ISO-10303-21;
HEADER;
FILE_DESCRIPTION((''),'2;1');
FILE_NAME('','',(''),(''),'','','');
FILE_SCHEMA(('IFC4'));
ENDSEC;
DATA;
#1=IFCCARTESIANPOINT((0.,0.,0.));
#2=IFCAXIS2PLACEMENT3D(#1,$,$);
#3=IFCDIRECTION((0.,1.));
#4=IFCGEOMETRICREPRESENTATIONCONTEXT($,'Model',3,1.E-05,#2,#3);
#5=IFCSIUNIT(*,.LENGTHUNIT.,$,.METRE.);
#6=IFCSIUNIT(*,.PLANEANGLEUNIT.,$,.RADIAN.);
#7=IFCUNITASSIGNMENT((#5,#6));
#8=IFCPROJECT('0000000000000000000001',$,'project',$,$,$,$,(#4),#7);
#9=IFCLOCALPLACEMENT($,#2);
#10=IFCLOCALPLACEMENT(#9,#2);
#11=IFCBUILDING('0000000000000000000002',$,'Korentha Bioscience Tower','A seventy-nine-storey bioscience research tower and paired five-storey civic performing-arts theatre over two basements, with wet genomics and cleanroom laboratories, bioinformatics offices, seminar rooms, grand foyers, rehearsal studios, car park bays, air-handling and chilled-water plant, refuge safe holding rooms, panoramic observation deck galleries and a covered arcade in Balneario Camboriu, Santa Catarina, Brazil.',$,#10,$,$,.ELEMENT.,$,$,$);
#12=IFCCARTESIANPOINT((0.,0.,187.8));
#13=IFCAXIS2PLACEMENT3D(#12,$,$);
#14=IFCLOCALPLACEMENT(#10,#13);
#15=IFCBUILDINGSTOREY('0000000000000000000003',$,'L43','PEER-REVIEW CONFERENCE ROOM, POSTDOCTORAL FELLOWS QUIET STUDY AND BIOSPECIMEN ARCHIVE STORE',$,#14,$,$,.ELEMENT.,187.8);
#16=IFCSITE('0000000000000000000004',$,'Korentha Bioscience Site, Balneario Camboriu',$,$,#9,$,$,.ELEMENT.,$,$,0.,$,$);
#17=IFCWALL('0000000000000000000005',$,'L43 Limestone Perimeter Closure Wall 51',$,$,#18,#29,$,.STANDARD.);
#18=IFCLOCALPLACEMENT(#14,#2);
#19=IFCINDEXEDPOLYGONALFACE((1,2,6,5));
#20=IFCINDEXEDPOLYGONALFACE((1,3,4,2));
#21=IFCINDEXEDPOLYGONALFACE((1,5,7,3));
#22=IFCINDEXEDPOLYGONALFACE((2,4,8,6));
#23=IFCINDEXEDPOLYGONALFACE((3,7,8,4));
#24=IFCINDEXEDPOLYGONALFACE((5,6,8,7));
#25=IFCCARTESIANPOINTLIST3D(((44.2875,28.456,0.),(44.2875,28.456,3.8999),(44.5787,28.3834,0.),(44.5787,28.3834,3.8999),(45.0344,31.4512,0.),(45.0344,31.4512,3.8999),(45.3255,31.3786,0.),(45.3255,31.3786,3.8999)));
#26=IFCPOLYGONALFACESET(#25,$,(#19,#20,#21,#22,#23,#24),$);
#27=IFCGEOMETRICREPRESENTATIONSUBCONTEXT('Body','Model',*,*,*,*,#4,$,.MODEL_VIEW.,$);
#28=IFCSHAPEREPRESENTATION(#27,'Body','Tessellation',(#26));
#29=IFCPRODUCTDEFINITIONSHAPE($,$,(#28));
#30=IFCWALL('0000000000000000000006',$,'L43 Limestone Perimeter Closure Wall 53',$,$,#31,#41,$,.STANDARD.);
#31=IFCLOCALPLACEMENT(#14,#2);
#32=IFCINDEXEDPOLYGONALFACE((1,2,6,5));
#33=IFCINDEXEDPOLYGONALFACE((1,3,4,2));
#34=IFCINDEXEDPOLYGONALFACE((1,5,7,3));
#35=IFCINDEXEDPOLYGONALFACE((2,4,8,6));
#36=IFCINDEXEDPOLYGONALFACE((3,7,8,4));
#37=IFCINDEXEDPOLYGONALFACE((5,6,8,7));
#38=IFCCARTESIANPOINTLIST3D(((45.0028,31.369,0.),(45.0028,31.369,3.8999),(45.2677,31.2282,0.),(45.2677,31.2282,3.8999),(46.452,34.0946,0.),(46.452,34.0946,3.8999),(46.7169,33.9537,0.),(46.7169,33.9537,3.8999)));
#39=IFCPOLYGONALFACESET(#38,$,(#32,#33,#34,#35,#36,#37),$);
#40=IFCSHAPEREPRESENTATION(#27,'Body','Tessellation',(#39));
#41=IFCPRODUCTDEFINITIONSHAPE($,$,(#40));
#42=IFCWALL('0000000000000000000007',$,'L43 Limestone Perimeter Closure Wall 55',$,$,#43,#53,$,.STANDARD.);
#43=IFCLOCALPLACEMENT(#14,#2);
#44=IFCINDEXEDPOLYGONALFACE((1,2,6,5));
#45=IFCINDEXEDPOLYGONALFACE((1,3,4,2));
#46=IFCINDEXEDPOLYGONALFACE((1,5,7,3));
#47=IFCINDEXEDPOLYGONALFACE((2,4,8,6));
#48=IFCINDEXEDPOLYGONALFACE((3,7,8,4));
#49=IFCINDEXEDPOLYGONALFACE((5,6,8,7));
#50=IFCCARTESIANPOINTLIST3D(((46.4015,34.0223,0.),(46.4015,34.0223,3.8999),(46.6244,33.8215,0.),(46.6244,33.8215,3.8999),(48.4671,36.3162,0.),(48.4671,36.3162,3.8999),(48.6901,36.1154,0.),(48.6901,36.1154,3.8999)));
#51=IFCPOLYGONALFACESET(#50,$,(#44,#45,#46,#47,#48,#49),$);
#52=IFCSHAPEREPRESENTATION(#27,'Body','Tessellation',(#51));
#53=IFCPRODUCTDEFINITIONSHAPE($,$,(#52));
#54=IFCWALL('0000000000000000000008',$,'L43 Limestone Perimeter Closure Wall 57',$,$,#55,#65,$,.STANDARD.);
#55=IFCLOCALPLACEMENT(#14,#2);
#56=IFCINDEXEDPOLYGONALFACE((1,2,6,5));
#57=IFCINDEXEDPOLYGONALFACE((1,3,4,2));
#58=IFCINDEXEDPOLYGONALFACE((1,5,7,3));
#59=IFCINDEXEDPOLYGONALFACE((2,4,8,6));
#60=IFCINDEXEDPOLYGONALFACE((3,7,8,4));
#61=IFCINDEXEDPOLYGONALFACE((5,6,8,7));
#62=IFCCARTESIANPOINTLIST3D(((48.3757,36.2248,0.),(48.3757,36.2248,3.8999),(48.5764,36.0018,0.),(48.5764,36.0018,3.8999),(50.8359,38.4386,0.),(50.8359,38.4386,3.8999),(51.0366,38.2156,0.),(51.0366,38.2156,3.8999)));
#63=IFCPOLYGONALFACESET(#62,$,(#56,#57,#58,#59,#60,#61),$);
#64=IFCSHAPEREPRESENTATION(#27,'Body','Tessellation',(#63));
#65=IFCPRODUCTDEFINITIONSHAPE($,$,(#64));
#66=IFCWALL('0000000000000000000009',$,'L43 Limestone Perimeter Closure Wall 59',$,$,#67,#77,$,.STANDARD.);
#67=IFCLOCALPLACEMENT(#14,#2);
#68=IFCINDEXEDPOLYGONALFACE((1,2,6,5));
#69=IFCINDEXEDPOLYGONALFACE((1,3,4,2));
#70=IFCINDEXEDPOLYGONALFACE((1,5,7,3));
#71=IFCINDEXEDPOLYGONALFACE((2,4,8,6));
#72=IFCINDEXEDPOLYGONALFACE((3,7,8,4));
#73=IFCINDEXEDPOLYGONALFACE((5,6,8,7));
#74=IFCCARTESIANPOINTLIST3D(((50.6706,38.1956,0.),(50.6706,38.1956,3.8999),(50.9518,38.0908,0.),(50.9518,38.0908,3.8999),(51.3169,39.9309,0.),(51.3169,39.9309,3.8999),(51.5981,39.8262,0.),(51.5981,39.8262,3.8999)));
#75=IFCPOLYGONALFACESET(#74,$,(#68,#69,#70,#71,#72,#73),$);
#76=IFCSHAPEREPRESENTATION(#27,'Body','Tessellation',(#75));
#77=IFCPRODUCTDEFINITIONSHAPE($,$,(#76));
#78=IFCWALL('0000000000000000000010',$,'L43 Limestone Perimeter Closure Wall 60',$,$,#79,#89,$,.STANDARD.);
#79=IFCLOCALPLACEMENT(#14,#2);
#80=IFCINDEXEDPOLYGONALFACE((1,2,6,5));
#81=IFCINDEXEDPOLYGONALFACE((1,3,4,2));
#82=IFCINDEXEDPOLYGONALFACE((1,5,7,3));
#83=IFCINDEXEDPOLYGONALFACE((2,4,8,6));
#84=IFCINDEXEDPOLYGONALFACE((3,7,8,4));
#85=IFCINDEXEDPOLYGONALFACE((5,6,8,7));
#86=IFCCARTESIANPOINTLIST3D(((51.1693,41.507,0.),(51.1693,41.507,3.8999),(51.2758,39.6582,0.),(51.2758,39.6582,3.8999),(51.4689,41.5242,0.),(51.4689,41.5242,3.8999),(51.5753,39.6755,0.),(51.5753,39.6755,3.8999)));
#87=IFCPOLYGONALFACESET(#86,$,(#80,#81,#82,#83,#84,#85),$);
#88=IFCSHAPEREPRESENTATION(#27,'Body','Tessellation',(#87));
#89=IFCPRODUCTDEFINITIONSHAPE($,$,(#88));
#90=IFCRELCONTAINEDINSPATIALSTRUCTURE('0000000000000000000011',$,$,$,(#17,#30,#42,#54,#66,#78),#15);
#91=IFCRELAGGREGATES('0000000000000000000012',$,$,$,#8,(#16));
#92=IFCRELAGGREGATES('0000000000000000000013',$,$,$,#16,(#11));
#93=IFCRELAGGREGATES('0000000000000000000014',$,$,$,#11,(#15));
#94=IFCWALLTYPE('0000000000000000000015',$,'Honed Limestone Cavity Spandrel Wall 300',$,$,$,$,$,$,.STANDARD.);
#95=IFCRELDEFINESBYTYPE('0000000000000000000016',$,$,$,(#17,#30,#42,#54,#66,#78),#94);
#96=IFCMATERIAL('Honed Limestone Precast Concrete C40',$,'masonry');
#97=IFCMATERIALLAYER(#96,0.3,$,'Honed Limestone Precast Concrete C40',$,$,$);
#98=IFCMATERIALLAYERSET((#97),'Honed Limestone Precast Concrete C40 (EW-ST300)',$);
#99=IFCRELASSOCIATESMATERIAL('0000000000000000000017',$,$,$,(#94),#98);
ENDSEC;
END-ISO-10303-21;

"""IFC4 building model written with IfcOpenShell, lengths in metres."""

from ifc_helpers import new_model, si_unit, direction, frame, frame_2d, origin, place, context, subcontext, project, spatial, rectangle, extrude, material, layer, layer_set, type_object, element, save


model = new_model("IFC4")

# Units and contexts
model_context = context("Model", 3, precision=1e-05, world=origin(), true_north=direction((0.0, 1.0)))
body_context = subcontext(model_context, "Body", "Model", "MODEL_VIEW")
ifc_project = project(units=[si_unit("LENGTHUNIT", "METRE"), si_unit("PLANEANGLEUNIT", "RADIAN")], contexts=[model_context])

# Site, building, storey
site_placement = place(None, origin())
site = spatial("IfcSite", under=ifc_project, at=site_placement, Name="Korentha Bioscience Site, Balneario Camboriu", CompositionType="ELEMENT", RefElevation=0.0)
building_placement = place(site_placement, origin())
building = spatial("IfcBuilding", under=site, at=building_placement, Name="Korentha Bioscience Tower", Description="A seventy-nine-storey bioscience research tower and paired five-storey civic performing-arts theatre over two basements, with wet genomics and cleanroom laboratories, bioinformatics offices, seminar rooms, grand foyers, rehearsal studios, car park bays, air-handling and chilled-water plant, refuge safe holding rooms, panoramic observation deck galleries and a covered arcade in Balneario Camboriu, Santa Catarina, Brazil.", CompositionType="ELEMENT")
storey_placement = place(building_placement, frame((0.0, 0.0, 187.8)))
storey = spatial("IfcBuildingStorey", under=building, at=storey_placement, Name="L43", Description="PEER-REVIEW CONFERENCE ROOM, POSTDOCTORAL FELLOWS QUIET STUDY AND BIOSPECIMEN ARCHIVE STORE", CompositionType="ELEMENT", Elevation=187.8)

# Walls
ifc_material_1 = material(Name="Honed Limestone Precast Concrete C40", Category="masonry")
ifc_layer_1 = layer(ifc_material_1, 0.3, Name="Honed Limestone Precast Concrete C40")
ifc_layer_set_1 = layer_set([ifc_layer_1], Name="Honed Limestone Precast Concrete C40 (EW-ST300)")
wall_type_1 = type_object("IfcWallType", Name="Honed Limestone Cavity Spandrel Wall 300", PredefinedType="STANDARD", material=ifc_layer_set_1)
for number, where, z_axis, x_axis, name in (
    (1, (44.4331, 28.4197, 0.0), (0.0, 0.0, 1.0), (0.24194, 0.970291, 0.0), "L43 Limestone Perimeter Closure Wall 51"),
    (2, (45.1353, 31.2986, 0.0), (0.0, 0.0, 1.0), (0.469471, 0.882948, 0.0), "L43 Limestone Perimeter Closure Wall 53"),
    (3, (46.5129, 33.9219, 0.0), (0.0, 0.0, 1.0), (0.669166, 0.743113, 0.0), "L43 Limestone Perimeter Closure Wall 55"),
):
    element("IfcWall", number, at=place(storey_placement, frame(where, z_axis=z_axis, x_axis=x_axis)), inside=storey, type_object=wall_type_1, Name=name, PredefinedType="STANDARD", context=body_context, shape_type="SweptSolid", body=[
        extrude(rectangle(XDim=3.0869, YDim=0.3, at=frame_2d((1.5435, 0.0))), origin(), (0.0, 0.0, 1.0), 3.8999),
    ])
wall_1_placement = place(storey_placement, frame((48.4761, 36.1133, 0.0), z_axis=(0.0, 0.0, 1.0), x_axis=(0.743342, 0.668912, 0.0)))
element("IfcWall", 4, at=wall_1_placement, inside=storey, type_object=wall_type_1, Name="L43 Limestone Perimeter Closure Wall 57", PredefinedType="STANDARD", context=body_context, shape_type="SweptSolid", body=[
    extrude(rectangle(XDim=3.3096, YDim=0.3, at=frame_2d((1.6548, 0.0))), origin(), (0.0, 0.0, 1.0), 3.8999),
])
for number, where, z_axis, x_axis, name in (
    (5, (50.8113, 38.1433, 0.0), (0.0, 0.0, 1.0), (0.348984, 0.937129, 0.0), "L43 Limestone Perimeter Closure Wall 59"),
    (6, (51.4255, 39.667, 0.0), (0.0, 0.0, 1.0), (-0.057485, 0.998346, 0.0), "L43 Limestone Perimeter Closure Wall 60"),
):
    element("IfcWall", number, at=place(storey_placement, frame(where, z_axis=z_axis, x_axis=x_axis)), inside=storey, type_object=wall_type_1, Name=name, PredefinedType="STANDARD", context=body_context, shape_type="SweptSolid", body=[
        extrude(rectangle(XDim=1.8518, YDim=0.3, at=frame_2d((0.9258, 0.0))), origin(), (0.0, 0.0, 1.0), 3.8999),
    ])

save(model, "model.ifc")
